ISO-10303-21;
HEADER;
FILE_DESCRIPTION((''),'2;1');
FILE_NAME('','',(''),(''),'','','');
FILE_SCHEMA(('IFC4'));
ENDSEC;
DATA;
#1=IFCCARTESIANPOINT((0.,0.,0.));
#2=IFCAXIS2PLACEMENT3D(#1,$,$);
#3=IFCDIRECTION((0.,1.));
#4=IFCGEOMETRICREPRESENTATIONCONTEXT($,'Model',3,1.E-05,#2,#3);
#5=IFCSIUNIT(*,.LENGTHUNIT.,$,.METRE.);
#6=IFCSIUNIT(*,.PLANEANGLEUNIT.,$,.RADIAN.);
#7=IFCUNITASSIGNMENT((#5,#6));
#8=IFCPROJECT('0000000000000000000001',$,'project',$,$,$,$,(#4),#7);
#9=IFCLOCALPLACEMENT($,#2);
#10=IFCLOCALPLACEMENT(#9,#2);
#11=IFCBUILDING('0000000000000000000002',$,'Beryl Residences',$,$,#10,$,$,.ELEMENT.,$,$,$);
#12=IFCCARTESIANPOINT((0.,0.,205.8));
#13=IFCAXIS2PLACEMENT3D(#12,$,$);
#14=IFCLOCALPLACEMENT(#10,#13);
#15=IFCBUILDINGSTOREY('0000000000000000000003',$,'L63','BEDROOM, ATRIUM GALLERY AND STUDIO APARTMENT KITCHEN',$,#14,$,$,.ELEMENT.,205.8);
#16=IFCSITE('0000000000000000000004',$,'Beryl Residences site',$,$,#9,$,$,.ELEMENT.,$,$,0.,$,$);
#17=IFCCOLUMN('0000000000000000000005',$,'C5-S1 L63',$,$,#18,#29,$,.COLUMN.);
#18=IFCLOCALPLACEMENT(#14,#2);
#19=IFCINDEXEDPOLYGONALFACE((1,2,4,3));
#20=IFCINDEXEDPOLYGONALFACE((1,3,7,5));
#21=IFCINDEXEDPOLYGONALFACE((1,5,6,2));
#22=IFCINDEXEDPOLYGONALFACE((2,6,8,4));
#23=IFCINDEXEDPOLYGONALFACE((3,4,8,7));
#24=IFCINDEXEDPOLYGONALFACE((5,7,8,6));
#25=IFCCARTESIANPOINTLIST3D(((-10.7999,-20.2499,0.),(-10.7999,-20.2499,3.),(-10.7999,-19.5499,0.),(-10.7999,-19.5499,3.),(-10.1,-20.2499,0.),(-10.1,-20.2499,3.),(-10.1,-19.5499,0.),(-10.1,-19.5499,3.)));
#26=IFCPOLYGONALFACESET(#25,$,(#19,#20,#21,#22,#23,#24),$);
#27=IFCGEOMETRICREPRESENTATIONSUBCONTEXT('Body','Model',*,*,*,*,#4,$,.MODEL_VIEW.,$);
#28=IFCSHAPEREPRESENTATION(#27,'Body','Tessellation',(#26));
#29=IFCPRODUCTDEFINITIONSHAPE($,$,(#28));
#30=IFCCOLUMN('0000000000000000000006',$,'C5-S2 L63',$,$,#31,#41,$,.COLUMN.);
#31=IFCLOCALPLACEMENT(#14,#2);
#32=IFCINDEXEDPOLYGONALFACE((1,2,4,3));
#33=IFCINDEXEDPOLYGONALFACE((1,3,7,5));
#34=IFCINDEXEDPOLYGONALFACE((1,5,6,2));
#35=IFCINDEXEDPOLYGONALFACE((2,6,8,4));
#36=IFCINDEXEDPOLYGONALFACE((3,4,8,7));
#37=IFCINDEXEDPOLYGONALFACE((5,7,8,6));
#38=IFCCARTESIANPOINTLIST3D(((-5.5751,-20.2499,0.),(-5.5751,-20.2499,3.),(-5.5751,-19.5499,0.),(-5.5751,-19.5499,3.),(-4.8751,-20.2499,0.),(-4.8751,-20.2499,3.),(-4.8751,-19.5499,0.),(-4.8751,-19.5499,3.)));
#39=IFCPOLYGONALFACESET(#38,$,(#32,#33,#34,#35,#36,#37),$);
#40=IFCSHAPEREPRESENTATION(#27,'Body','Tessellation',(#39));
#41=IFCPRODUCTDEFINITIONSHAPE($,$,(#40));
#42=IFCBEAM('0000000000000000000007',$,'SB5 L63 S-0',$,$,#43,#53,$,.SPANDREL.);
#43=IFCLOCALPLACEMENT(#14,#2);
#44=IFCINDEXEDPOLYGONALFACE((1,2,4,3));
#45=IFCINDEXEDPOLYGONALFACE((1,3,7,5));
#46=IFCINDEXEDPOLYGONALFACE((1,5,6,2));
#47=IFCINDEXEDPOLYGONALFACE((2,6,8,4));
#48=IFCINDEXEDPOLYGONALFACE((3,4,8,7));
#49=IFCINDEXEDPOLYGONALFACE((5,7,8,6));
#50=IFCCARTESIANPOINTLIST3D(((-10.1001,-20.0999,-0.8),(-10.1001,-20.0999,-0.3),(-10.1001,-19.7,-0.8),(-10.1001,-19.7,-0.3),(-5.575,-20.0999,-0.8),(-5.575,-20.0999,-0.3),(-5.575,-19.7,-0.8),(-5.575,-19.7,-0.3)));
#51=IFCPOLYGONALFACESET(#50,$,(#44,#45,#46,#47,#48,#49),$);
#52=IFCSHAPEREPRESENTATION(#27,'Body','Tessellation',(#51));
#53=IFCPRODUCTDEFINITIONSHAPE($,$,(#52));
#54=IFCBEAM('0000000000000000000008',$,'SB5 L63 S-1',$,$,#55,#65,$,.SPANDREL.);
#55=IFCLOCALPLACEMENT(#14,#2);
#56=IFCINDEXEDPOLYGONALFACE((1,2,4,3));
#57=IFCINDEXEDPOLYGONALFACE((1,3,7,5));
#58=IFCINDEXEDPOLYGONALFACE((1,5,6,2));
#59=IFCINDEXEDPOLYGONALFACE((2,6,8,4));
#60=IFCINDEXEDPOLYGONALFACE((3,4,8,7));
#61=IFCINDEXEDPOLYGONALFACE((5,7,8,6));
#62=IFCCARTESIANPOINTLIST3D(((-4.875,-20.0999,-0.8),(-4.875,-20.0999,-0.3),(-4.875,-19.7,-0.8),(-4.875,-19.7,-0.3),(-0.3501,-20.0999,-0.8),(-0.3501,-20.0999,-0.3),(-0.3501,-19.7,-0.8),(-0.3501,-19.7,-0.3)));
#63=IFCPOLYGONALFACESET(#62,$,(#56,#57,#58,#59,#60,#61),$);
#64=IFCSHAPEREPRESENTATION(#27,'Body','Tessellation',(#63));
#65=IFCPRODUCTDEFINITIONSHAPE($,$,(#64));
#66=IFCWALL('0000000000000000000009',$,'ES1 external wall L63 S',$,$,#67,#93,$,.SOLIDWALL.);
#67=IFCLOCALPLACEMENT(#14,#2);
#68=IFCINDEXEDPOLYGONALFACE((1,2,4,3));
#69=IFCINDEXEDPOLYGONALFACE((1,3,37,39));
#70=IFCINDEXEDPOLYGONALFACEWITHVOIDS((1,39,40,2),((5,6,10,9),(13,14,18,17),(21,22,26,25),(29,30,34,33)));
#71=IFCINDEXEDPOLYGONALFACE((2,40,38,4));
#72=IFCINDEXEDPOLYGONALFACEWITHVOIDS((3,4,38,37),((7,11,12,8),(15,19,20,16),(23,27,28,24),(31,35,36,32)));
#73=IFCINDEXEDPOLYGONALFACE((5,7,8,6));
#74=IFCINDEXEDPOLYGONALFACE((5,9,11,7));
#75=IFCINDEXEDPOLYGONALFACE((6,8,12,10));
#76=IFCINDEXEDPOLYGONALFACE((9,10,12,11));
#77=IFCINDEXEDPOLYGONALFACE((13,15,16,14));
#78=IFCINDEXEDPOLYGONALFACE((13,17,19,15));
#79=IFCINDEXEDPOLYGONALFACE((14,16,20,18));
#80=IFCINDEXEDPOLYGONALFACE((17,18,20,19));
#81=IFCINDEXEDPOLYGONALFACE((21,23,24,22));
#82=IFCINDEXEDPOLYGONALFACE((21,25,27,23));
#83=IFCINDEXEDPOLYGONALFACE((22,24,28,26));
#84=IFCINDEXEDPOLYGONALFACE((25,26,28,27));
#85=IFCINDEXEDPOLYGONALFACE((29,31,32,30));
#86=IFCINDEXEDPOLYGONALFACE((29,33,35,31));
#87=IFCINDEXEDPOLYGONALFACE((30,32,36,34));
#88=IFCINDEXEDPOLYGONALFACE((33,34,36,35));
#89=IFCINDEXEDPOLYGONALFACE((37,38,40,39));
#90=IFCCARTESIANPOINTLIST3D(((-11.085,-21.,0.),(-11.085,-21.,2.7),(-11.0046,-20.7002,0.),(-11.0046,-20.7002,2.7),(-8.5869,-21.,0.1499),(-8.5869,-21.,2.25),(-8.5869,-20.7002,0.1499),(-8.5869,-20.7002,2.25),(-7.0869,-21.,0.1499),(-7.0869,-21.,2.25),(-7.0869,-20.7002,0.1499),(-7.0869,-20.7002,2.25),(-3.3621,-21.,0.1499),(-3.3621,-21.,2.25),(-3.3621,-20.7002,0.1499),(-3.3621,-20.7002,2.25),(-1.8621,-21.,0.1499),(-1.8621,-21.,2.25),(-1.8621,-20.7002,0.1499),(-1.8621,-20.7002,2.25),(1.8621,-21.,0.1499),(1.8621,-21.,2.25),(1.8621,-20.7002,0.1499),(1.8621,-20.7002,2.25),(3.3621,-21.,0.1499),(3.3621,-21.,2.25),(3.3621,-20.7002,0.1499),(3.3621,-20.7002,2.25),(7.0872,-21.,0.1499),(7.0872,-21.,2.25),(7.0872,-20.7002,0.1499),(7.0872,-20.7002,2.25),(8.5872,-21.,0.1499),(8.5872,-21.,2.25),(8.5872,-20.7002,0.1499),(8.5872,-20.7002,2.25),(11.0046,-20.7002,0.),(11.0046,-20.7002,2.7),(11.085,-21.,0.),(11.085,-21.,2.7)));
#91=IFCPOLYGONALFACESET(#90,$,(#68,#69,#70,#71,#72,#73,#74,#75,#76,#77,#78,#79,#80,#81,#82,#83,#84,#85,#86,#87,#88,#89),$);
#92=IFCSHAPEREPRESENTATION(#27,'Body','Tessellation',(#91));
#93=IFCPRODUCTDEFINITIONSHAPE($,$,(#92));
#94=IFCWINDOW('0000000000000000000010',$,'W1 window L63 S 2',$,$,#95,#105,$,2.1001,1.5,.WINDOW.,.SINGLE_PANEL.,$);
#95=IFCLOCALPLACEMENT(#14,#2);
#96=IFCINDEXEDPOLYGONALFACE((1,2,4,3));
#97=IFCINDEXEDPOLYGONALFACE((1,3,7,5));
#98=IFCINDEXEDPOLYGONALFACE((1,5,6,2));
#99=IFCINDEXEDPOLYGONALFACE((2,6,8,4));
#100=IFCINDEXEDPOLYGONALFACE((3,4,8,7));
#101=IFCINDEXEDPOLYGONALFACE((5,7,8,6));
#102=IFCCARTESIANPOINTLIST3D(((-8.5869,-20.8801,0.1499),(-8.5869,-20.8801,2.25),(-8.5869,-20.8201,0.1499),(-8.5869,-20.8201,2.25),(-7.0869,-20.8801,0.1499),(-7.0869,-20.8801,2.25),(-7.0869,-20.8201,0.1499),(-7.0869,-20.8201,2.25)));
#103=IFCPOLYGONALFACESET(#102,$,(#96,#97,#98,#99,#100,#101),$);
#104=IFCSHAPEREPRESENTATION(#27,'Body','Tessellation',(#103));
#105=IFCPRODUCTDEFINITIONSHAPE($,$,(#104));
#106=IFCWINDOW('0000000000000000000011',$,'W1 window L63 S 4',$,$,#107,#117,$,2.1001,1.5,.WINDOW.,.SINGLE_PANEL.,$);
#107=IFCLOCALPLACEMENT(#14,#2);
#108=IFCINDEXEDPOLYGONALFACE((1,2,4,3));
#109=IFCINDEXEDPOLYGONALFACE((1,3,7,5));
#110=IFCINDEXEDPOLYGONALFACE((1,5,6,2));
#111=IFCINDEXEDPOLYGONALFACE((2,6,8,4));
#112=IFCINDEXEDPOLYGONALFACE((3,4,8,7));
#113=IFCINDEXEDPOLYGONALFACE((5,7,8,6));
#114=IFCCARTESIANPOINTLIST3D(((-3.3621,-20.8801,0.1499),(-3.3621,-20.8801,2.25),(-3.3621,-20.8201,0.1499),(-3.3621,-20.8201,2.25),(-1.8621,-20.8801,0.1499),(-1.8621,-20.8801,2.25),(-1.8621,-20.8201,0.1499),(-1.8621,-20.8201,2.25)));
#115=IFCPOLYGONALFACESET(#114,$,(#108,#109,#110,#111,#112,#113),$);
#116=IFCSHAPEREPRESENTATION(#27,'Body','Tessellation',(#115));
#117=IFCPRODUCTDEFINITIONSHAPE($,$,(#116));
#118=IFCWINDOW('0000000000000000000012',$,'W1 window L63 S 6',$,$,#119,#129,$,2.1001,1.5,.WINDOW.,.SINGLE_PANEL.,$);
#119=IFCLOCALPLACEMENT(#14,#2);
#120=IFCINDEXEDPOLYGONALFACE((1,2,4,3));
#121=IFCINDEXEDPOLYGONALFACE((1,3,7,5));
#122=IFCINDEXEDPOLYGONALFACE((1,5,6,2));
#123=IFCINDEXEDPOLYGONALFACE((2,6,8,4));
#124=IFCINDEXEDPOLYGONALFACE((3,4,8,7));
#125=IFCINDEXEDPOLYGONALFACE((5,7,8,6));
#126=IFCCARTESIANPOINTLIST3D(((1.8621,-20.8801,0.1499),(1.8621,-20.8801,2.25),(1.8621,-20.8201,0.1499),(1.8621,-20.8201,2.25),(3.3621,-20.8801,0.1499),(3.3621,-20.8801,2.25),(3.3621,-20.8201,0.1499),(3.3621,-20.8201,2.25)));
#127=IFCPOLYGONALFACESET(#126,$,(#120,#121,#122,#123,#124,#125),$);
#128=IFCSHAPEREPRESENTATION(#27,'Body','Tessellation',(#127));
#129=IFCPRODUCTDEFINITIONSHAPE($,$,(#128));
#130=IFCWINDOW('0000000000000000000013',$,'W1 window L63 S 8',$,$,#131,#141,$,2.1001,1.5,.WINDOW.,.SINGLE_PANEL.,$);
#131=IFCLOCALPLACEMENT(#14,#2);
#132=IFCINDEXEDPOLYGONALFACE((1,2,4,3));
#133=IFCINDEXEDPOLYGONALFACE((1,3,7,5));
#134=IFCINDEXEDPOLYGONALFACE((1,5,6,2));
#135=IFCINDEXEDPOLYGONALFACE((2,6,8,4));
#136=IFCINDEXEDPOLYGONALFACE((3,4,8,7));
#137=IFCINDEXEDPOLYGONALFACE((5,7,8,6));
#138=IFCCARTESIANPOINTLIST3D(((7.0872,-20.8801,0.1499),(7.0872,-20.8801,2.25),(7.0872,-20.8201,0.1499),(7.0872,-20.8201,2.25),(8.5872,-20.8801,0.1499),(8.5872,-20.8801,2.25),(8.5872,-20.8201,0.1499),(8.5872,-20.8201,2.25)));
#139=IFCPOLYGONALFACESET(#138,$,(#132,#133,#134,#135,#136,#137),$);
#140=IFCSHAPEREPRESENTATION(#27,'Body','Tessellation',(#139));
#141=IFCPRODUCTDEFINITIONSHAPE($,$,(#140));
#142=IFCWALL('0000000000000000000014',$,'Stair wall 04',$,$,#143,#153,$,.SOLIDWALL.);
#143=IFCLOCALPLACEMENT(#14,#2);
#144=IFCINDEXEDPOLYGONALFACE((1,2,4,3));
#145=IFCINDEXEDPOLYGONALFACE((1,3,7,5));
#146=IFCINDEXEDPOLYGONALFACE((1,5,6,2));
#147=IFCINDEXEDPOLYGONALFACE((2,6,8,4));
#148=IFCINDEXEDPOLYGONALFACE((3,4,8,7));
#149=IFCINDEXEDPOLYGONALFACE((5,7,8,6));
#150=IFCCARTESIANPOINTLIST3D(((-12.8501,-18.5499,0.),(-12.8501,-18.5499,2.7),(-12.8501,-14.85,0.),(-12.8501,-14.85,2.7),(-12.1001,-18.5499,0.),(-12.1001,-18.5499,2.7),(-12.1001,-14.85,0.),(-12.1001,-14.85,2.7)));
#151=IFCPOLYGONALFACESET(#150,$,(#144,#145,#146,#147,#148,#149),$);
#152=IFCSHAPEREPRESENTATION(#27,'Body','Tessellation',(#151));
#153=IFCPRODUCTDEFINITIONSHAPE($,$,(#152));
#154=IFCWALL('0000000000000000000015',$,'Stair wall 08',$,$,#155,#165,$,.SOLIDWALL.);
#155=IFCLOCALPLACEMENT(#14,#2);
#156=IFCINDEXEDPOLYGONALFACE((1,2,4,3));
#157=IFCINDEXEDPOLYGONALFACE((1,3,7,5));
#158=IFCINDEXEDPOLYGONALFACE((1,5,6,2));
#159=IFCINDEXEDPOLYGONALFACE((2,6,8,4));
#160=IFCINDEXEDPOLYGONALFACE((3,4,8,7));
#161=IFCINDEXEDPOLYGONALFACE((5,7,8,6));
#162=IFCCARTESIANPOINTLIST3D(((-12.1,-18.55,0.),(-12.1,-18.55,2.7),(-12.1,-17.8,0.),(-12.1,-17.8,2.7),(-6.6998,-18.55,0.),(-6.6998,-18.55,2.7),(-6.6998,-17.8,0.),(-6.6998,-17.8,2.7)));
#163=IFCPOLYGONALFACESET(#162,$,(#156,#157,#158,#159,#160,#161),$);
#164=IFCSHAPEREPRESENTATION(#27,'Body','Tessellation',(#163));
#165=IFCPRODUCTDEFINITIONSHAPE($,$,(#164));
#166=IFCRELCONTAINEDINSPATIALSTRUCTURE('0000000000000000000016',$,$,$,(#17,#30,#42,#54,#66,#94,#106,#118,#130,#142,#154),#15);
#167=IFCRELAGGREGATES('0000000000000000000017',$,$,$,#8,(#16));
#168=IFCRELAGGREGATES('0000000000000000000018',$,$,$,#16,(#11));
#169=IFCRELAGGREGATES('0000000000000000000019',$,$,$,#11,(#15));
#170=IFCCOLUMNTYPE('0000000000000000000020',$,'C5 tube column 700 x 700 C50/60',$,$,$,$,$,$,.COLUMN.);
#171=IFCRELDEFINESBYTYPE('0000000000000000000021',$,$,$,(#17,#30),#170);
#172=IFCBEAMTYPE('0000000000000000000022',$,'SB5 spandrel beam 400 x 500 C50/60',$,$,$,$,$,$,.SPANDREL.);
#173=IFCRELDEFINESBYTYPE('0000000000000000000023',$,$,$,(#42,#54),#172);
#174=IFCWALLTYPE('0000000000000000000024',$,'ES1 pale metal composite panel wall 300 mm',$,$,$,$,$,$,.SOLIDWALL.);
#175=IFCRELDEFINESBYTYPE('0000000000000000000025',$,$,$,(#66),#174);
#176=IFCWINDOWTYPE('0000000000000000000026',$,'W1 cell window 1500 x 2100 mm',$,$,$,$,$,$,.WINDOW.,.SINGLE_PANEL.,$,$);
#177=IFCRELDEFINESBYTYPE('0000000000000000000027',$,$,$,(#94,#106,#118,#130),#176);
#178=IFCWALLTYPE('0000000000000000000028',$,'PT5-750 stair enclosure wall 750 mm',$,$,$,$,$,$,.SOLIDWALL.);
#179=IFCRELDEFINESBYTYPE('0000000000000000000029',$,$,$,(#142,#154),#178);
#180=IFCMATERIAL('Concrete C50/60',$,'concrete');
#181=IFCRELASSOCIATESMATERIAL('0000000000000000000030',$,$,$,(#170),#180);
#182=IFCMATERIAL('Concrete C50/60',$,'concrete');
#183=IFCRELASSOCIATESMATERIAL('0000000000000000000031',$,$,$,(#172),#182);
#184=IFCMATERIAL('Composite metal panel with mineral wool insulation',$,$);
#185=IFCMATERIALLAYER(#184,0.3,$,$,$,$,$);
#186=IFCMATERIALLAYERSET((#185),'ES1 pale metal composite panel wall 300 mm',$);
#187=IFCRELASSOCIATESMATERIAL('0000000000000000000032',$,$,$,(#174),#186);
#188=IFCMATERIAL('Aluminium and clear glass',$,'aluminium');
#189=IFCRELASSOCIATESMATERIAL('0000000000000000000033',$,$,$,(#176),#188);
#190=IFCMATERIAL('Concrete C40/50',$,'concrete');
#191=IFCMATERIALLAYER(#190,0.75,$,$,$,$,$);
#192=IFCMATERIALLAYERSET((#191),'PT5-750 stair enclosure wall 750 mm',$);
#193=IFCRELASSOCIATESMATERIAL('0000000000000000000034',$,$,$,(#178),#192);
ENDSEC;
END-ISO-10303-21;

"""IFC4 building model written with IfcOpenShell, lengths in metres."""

from ifc_helpers import new_model, si_unit, direction, frame, frame_2d, origin, origin_2d, place, context, subcontext, project, spatial, polyline, rectangle, outline, extrude, material, layer, layer_set, material_profile, profile_set, type_object, element, fill, save


model = new_model("IFC4")

# Units and contexts
model_context = context("Model", 3, precision=1e-05, world=origin(), true_north=direction((0.0, 1.0)))
body_context = subcontext(model_context, "Body", "Model", "MODEL_VIEW")
ifc_project = project(units=[si_unit("LENGTHUNIT", "METRE"), si_unit("PLANEANGLEUNIT", "RADIAN")], contexts=[model_context])

# Site, building, storey
site_placement = place(None, origin())
site = spatial("IfcSite", under=ifc_project, at=site_placement, Name="Beryl Residences site", CompositionType="ELEMENT", RefElevation=0.0)
building_placement = place(site_placement, origin())
building = spatial("IfcBuilding", under=site, at=building_placement, Name="Beryl Residences", CompositionType="ELEMENT")
storey_placement = place(building_placement, frame((0.0, 0.0, 205.8)))
storey = spatial("IfcBuildingStorey", under=building, at=storey_placement, Name="L63", Description="BEDROOM, ATRIUM GALLERY AND STUDIO APARTMENT KITCHEN", CompositionType="ELEMENT", Elevation=205.8)

# Columns
ifc_material_1 = material(Name="Concrete C50/60", Category="concrete")
ifc_material_profile_1 = material_profile(ifc_material_1, rectangle(XDim=0.7, YDim=0.7, at=origin_2d()))
ifc_profile_set_1 = profile_set([ifc_material_profile_1], Name="Concrete C50/60")
column_type = type_object("IfcColumnType", Name="C5 tube column 700 x 700 C50/60", PredefinedType="COLUMN", material=ifc_profile_set_1)
for number, where, z_axis, x_axis, name in (
    (1, (-10.45, -19.8999, 0.0), (0.0, 0.0, 1.0), (1.0, 0.0, 0.0), "C5-S1 L63"),
    (2, (-5.2251, -19.8999, 0.0), (0.0, 0.0, 1.0), (1.0, 0.0, 0.0), "C5-S2 L63"),
):
    element("IfcColumn", number, at=place(storey_placement, frame(where, z_axis=z_axis, x_axis=x_axis)), inside=storey, type_object=column_type, Name=name, PredefinedType="COLUMN", context=body_context, shape_type="SweptSolid", body=[
        extrude(rectangle(XDim=0.7, YDim=0.7, at=origin_2d()), origin(), (0.0, 0.0, 1.0), 3.0),
    ])

# Beams
ifc_material_2 = material(Name="Concrete C50/60", Category="concrete")
ifc_material_profile_2 = material_profile(ifc_material_2, rectangle(XDim=0.3999, YDim=0.5, at=origin_2d()))
ifc_profile_set_2 = profile_set([ifc_material_profile_2], Name="Concrete C50/60")
beam_type = type_object("IfcBeamType", Name="SB5 spandrel beam 400 x 500 C50/60", PredefinedType="SPANDREL", material=ifc_profile_set_2)
beam_1_placement = place(storey_placement, frame((-10.1001, -19.8999, -0.55), z_axis=(1.0, 0.0, 0.0), x_axis=(0.0, 1.0, 0.0)))
element("IfcBeam", 3, at=beam_1_placement, inside=storey, type_object=beam_type, Name="SB5 L63 S-0", PredefinedType="SPANDREL", context=body_context, shape_type="SweptSolid", body=[
    extrude(rectangle(XDim=0.3999, YDim=0.5, at=origin_2d()), origin(), (0.0, 0.0, 1.0), 4.5251),
])
beam_2_placement = place(storey_placement, frame((-4.875, -19.8999, -0.55), z_axis=(1.0, 0.0, 0.0), x_axis=(0.0, 1.0, 0.0)))
element("IfcBeam", 4, at=beam_2_placement, inside=storey, type_object=beam_type, Name="SB5 L63 S-1", PredefinedType="SPANDREL", context=body_context, shape_type="SweptSolid", body=[
    extrude(rectangle(XDim=0.3999, YDim=0.5, at=origin_2d()), origin(), (0.0, 0.0, 1.0), 4.5249),
])

# Wall, openings, windows
ifc_material_3 = material(Name="Composite metal panel with mineral wool insulation")
ifc_layer_1 = layer(ifc_material_3, 0.3)
ifc_layer_set_1 = layer_set([ifc_layer_1], Name="ES1 pale metal composite panel wall 300 mm")
wall_type_1 = type_object("IfcWallType", Name="ES1 pale metal composite panel wall 300 mm", PredefinedType="SOLIDWALL", material=ifc_layer_set_1)
wall_1_placement = place(storey_placement, frame((-11.085, -20.8501, 0.0), z_axis=(0.0, 0.0, 1.0), x_axis=(1.0, 0.0, 0.0)))
wall_1 = element("IfcWall", 5, at=wall_1_placement, inside=storey, type_object=wall_type_1, Name="ES1 external wall L63 S", PredefinedType="SOLIDWALL", context=body_context, shape_type="SweptSolid", body=[
    extrude(outline(polyline([(0.0, -0.1499), (22.1699, -0.1499), (22.0896, 0.1499), (0.0803, 0.1499), (0.0, -0.1499)])), origin(), (0.0, 0.0, 1.0), 2.7),
])
opening_1_placement = place(wall_1_placement, frame((2.498, 0.0, 0.1499)))
opening_1 = element("IfcOpeningElement", 6, at=opening_1_placement, cuts=wall_1, PredefinedType="OPENING", context=body_context, shape_type="SweptSolid", body=[
    extrude(rectangle(XDim=1.5, YDim=2.1001, at=frame_2d((0.75, 1.05))), frame((0.0, 0.1599, 0.0), z_axis=(0.0, -1.0, 0.0), x_axis=(1.0, 0.0, 0.0)), (0.0, 0.0, 1.0), 0.3201),
])
opening_2_placement = place(wall_1_placement, frame((7.7229, 0.0, 0.1499)))
opening_2 = element("IfcOpeningElement", 7, at=opening_2_placement, cuts=wall_1, PredefinedType="OPENING", context=body_context, shape_type="SweptSolid", body=[
    extrude(rectangle(XDim=1.5, YDim=2.1001, at=frame_2d((0.75, 1.05))), frame((0.0, 0.1599, 0.0), z_axis=(0.0, -1.0, 0.0), x_axis=(1.0, 0.0, 0.0)), (0.0, 0.0, 1.0), 0.3201),
])
opening_3_placement = place(wall_1_placement, frame((12.947, 0.0, 0.1499)))
opening_3 = element("IfcOpeningElement", 8, at=opening_3_placement, cuts=wall_1, PredefinedType="OPENING", context=body_context, shape_type="SweptSolid", body=[
    extrude(rectangle(XDim=1.5, YDim=2.1001, at=frame_2d((0.75, 1.05))), frame((0.0, 0.1599, 0.0), z_axis=(0.0, -1.0, 0.0), x_axis=(1.0, 0.0, 0.0)), (0.0, 0.0, 1.0), 0.3201),
])
opening_4_placement = place(wall_1_placement, frame((18.1721, 0.0, 0.1499)))
opening_4 = element("IfcOpeningElement", 9, at=opening_4_placement, cuts=wall_1, PredefinedType="OPENING", context=body_context, shape_type="SweptSolid", body=[
    extrude(rectangle(XDim=1.5, YDim=2.1001, at=frame_2d((0.75, 1.05))), frame((0.0, 0.1599, 0.0), z_axis=(0.0, -1.0, 0.0), x_axis=(1.0, 0.0, 0.0)), (0.0, 0.0, 1.0), 0.3201),
])
ifc_material_4 = material(Name="Aluminium and clear glass", Category="aluminium")
window_type = type_object("IfcWindowType", Name="W1 cell window 1500 x 2100 mm", PartitioningType="SINGLE_PANEL", PredefinedType="WINDOW", material=ifc_material_4)
window_1_placement = place(opening_1_placement, origin())
window_1 = element("IfcWindow", 10, at=window_1_placement, inside=storey, type_object=window_type, Name="W1 window L63 S 2", OverallHeight=2.1001, OverallWidth=1.5, PartitioningType="SINGLE_PANEL", PredefinedType="WINDOW", context=body_context, shape_type="SweptSolid", body=[
    extrude(rectangle(XDim=1.5, YDim=2.1001, at=frame_2d((0.75, 1.05))), frame((0.0, 0.03, 0.0), z_axis=(0.0, -1.0, 0.0), x_axis=(1.0, 0.0, 0.0)), (0.0, 0.0, 1.0), 0.0601),
])
fill(opening_1, window_1)
window_2_placement = place(opening_2_placement, origin())
window_2 = element("IfcWindow", 11, at=window_2_placement, inside=storey, type_object=window_type, Name="W1 window L63 S 4", OverallHeight=2.1001, OverallWidth=1.5, PartitioningType="SINGLE_PANEL", PredefinedType="WINDOW", context=body_context, shape_type="SweptSolid", body=[
    extrude(rectangle(XDim=1.5, YDim=2.1001, at=frame_2d((0.75, 1.05))), frame((0.0, 0.03, 0.0), z_axis=(0.0, -1.0, 0.0), x_axis=(1.0, 0.0, 0.0)), (0.0, 0.0, 1.0), 0.0601),
])
fill(opening_2, window_2)
window_3_placement = place(opening_3_placement, origin())
window_3 = element("IfcWindow", 12, at=window_3_placement, inside=storey, type_object=window_type, Name="W1 window L63 S 6", OverallHeight=2.1001, OverallWidth=1.5, PartitioningType="SINGLE_PANEL", PredefinedType="WINDOW", context=body_context, shape_type="SweptSolid", body=[
    extrude(rectangle(XDim=1.5, YDim=2.1001, at=frame_2d((0.75, 1.05))), frame((0.0, 0.03, 0.0), z_axis=(0.0, -1.0, 0.0), x_axis=(1.0, 0.0, 0.0)), (0.0, 0.0, 1.0), 0.0601),
])
fill(opening_3, window_3)
window_4_placement = place(opening_4_placement, origin())
window_4 = element("IfcWindow", 13, at=window_4_placement, inside=storey, type_object=window_type, Name="W1 window L63 S 8", OverallHeight=2.1001, OverallWidth=1.5, PartitioningType="SINGLE_PANEL", PredefinedType="WINDOW", context=body_context, shape_type="SweptSolid", body=[
    extrude(rectangle(XDim=1.5, YDim=2.1001, at=frame_2d((0.75, 1.05))), frame((0.0, 0.03, 0.0), z_axis=(0.0, -1.0, 0.0), x_axis=(1.0, 0.0, 0.0)), (0.0, 0.0, 1.0), 0.0601),
])
fill(opening_4, window_4)

# Walls
ifc_material_5 = material(Name="Concrete C40/50", Category="concrete")
ifc_layer_2 = layer(ifc_material_5, 0.75)
ifc_layer_set_2 = layer_set([ifc_layer_2], Name="PT5-750 stair enclosure wall 750 mm")
wall_type_2 = type_object("IfcWallType", Name="PT5-750 stair enclosure wall 750 mm", PredefinedType="SOLIDWALL", material=ifc_layer_set_2)
wall_2_placement = place(storey_placement, frame((-12.4751, -18.55, 0.0), z_axis=(0.0, 0.0, 1.0), x_axis=(0.0, 1.0, 0.0)))
element("IfcWall", 14, at=wall_2_placement, inside=storey, type_object=wall_type_2, Name="Stair wall 04", PredefinedType="SOLIDWALL", context=body_context, shape_type="SweptSolid", body=[
    extrude(rectangle(XDim=3.7, YDim=0.75, at=frame_2d((1.8501, 0.0))), origin(), (0.0, 0.0, 1.0), 2.7),
])
wall_3_placement = place(storey_placement, frame((-12.1001, -18.175, 0.0), z_axis=(0.0, 0.0, 1.0), x_axis=(1.0, 0.0, 0.0)))
element("IfcWall", 15, at=wall_3_placement, inside=storey, type_object=wall_type_2, Name="Stair wall 08", PredefinedType="SOLIDWALL", context=body_context, shape_type="SweptSolid", body=[
    extrude(rectangle(XDim=5.4001, YDim=0.75, at=frame_2d((2.7002, 0.0))), origin(), (0.0, 0.0, 1.0), 2.7),
])

save(model, "model.ifc")
